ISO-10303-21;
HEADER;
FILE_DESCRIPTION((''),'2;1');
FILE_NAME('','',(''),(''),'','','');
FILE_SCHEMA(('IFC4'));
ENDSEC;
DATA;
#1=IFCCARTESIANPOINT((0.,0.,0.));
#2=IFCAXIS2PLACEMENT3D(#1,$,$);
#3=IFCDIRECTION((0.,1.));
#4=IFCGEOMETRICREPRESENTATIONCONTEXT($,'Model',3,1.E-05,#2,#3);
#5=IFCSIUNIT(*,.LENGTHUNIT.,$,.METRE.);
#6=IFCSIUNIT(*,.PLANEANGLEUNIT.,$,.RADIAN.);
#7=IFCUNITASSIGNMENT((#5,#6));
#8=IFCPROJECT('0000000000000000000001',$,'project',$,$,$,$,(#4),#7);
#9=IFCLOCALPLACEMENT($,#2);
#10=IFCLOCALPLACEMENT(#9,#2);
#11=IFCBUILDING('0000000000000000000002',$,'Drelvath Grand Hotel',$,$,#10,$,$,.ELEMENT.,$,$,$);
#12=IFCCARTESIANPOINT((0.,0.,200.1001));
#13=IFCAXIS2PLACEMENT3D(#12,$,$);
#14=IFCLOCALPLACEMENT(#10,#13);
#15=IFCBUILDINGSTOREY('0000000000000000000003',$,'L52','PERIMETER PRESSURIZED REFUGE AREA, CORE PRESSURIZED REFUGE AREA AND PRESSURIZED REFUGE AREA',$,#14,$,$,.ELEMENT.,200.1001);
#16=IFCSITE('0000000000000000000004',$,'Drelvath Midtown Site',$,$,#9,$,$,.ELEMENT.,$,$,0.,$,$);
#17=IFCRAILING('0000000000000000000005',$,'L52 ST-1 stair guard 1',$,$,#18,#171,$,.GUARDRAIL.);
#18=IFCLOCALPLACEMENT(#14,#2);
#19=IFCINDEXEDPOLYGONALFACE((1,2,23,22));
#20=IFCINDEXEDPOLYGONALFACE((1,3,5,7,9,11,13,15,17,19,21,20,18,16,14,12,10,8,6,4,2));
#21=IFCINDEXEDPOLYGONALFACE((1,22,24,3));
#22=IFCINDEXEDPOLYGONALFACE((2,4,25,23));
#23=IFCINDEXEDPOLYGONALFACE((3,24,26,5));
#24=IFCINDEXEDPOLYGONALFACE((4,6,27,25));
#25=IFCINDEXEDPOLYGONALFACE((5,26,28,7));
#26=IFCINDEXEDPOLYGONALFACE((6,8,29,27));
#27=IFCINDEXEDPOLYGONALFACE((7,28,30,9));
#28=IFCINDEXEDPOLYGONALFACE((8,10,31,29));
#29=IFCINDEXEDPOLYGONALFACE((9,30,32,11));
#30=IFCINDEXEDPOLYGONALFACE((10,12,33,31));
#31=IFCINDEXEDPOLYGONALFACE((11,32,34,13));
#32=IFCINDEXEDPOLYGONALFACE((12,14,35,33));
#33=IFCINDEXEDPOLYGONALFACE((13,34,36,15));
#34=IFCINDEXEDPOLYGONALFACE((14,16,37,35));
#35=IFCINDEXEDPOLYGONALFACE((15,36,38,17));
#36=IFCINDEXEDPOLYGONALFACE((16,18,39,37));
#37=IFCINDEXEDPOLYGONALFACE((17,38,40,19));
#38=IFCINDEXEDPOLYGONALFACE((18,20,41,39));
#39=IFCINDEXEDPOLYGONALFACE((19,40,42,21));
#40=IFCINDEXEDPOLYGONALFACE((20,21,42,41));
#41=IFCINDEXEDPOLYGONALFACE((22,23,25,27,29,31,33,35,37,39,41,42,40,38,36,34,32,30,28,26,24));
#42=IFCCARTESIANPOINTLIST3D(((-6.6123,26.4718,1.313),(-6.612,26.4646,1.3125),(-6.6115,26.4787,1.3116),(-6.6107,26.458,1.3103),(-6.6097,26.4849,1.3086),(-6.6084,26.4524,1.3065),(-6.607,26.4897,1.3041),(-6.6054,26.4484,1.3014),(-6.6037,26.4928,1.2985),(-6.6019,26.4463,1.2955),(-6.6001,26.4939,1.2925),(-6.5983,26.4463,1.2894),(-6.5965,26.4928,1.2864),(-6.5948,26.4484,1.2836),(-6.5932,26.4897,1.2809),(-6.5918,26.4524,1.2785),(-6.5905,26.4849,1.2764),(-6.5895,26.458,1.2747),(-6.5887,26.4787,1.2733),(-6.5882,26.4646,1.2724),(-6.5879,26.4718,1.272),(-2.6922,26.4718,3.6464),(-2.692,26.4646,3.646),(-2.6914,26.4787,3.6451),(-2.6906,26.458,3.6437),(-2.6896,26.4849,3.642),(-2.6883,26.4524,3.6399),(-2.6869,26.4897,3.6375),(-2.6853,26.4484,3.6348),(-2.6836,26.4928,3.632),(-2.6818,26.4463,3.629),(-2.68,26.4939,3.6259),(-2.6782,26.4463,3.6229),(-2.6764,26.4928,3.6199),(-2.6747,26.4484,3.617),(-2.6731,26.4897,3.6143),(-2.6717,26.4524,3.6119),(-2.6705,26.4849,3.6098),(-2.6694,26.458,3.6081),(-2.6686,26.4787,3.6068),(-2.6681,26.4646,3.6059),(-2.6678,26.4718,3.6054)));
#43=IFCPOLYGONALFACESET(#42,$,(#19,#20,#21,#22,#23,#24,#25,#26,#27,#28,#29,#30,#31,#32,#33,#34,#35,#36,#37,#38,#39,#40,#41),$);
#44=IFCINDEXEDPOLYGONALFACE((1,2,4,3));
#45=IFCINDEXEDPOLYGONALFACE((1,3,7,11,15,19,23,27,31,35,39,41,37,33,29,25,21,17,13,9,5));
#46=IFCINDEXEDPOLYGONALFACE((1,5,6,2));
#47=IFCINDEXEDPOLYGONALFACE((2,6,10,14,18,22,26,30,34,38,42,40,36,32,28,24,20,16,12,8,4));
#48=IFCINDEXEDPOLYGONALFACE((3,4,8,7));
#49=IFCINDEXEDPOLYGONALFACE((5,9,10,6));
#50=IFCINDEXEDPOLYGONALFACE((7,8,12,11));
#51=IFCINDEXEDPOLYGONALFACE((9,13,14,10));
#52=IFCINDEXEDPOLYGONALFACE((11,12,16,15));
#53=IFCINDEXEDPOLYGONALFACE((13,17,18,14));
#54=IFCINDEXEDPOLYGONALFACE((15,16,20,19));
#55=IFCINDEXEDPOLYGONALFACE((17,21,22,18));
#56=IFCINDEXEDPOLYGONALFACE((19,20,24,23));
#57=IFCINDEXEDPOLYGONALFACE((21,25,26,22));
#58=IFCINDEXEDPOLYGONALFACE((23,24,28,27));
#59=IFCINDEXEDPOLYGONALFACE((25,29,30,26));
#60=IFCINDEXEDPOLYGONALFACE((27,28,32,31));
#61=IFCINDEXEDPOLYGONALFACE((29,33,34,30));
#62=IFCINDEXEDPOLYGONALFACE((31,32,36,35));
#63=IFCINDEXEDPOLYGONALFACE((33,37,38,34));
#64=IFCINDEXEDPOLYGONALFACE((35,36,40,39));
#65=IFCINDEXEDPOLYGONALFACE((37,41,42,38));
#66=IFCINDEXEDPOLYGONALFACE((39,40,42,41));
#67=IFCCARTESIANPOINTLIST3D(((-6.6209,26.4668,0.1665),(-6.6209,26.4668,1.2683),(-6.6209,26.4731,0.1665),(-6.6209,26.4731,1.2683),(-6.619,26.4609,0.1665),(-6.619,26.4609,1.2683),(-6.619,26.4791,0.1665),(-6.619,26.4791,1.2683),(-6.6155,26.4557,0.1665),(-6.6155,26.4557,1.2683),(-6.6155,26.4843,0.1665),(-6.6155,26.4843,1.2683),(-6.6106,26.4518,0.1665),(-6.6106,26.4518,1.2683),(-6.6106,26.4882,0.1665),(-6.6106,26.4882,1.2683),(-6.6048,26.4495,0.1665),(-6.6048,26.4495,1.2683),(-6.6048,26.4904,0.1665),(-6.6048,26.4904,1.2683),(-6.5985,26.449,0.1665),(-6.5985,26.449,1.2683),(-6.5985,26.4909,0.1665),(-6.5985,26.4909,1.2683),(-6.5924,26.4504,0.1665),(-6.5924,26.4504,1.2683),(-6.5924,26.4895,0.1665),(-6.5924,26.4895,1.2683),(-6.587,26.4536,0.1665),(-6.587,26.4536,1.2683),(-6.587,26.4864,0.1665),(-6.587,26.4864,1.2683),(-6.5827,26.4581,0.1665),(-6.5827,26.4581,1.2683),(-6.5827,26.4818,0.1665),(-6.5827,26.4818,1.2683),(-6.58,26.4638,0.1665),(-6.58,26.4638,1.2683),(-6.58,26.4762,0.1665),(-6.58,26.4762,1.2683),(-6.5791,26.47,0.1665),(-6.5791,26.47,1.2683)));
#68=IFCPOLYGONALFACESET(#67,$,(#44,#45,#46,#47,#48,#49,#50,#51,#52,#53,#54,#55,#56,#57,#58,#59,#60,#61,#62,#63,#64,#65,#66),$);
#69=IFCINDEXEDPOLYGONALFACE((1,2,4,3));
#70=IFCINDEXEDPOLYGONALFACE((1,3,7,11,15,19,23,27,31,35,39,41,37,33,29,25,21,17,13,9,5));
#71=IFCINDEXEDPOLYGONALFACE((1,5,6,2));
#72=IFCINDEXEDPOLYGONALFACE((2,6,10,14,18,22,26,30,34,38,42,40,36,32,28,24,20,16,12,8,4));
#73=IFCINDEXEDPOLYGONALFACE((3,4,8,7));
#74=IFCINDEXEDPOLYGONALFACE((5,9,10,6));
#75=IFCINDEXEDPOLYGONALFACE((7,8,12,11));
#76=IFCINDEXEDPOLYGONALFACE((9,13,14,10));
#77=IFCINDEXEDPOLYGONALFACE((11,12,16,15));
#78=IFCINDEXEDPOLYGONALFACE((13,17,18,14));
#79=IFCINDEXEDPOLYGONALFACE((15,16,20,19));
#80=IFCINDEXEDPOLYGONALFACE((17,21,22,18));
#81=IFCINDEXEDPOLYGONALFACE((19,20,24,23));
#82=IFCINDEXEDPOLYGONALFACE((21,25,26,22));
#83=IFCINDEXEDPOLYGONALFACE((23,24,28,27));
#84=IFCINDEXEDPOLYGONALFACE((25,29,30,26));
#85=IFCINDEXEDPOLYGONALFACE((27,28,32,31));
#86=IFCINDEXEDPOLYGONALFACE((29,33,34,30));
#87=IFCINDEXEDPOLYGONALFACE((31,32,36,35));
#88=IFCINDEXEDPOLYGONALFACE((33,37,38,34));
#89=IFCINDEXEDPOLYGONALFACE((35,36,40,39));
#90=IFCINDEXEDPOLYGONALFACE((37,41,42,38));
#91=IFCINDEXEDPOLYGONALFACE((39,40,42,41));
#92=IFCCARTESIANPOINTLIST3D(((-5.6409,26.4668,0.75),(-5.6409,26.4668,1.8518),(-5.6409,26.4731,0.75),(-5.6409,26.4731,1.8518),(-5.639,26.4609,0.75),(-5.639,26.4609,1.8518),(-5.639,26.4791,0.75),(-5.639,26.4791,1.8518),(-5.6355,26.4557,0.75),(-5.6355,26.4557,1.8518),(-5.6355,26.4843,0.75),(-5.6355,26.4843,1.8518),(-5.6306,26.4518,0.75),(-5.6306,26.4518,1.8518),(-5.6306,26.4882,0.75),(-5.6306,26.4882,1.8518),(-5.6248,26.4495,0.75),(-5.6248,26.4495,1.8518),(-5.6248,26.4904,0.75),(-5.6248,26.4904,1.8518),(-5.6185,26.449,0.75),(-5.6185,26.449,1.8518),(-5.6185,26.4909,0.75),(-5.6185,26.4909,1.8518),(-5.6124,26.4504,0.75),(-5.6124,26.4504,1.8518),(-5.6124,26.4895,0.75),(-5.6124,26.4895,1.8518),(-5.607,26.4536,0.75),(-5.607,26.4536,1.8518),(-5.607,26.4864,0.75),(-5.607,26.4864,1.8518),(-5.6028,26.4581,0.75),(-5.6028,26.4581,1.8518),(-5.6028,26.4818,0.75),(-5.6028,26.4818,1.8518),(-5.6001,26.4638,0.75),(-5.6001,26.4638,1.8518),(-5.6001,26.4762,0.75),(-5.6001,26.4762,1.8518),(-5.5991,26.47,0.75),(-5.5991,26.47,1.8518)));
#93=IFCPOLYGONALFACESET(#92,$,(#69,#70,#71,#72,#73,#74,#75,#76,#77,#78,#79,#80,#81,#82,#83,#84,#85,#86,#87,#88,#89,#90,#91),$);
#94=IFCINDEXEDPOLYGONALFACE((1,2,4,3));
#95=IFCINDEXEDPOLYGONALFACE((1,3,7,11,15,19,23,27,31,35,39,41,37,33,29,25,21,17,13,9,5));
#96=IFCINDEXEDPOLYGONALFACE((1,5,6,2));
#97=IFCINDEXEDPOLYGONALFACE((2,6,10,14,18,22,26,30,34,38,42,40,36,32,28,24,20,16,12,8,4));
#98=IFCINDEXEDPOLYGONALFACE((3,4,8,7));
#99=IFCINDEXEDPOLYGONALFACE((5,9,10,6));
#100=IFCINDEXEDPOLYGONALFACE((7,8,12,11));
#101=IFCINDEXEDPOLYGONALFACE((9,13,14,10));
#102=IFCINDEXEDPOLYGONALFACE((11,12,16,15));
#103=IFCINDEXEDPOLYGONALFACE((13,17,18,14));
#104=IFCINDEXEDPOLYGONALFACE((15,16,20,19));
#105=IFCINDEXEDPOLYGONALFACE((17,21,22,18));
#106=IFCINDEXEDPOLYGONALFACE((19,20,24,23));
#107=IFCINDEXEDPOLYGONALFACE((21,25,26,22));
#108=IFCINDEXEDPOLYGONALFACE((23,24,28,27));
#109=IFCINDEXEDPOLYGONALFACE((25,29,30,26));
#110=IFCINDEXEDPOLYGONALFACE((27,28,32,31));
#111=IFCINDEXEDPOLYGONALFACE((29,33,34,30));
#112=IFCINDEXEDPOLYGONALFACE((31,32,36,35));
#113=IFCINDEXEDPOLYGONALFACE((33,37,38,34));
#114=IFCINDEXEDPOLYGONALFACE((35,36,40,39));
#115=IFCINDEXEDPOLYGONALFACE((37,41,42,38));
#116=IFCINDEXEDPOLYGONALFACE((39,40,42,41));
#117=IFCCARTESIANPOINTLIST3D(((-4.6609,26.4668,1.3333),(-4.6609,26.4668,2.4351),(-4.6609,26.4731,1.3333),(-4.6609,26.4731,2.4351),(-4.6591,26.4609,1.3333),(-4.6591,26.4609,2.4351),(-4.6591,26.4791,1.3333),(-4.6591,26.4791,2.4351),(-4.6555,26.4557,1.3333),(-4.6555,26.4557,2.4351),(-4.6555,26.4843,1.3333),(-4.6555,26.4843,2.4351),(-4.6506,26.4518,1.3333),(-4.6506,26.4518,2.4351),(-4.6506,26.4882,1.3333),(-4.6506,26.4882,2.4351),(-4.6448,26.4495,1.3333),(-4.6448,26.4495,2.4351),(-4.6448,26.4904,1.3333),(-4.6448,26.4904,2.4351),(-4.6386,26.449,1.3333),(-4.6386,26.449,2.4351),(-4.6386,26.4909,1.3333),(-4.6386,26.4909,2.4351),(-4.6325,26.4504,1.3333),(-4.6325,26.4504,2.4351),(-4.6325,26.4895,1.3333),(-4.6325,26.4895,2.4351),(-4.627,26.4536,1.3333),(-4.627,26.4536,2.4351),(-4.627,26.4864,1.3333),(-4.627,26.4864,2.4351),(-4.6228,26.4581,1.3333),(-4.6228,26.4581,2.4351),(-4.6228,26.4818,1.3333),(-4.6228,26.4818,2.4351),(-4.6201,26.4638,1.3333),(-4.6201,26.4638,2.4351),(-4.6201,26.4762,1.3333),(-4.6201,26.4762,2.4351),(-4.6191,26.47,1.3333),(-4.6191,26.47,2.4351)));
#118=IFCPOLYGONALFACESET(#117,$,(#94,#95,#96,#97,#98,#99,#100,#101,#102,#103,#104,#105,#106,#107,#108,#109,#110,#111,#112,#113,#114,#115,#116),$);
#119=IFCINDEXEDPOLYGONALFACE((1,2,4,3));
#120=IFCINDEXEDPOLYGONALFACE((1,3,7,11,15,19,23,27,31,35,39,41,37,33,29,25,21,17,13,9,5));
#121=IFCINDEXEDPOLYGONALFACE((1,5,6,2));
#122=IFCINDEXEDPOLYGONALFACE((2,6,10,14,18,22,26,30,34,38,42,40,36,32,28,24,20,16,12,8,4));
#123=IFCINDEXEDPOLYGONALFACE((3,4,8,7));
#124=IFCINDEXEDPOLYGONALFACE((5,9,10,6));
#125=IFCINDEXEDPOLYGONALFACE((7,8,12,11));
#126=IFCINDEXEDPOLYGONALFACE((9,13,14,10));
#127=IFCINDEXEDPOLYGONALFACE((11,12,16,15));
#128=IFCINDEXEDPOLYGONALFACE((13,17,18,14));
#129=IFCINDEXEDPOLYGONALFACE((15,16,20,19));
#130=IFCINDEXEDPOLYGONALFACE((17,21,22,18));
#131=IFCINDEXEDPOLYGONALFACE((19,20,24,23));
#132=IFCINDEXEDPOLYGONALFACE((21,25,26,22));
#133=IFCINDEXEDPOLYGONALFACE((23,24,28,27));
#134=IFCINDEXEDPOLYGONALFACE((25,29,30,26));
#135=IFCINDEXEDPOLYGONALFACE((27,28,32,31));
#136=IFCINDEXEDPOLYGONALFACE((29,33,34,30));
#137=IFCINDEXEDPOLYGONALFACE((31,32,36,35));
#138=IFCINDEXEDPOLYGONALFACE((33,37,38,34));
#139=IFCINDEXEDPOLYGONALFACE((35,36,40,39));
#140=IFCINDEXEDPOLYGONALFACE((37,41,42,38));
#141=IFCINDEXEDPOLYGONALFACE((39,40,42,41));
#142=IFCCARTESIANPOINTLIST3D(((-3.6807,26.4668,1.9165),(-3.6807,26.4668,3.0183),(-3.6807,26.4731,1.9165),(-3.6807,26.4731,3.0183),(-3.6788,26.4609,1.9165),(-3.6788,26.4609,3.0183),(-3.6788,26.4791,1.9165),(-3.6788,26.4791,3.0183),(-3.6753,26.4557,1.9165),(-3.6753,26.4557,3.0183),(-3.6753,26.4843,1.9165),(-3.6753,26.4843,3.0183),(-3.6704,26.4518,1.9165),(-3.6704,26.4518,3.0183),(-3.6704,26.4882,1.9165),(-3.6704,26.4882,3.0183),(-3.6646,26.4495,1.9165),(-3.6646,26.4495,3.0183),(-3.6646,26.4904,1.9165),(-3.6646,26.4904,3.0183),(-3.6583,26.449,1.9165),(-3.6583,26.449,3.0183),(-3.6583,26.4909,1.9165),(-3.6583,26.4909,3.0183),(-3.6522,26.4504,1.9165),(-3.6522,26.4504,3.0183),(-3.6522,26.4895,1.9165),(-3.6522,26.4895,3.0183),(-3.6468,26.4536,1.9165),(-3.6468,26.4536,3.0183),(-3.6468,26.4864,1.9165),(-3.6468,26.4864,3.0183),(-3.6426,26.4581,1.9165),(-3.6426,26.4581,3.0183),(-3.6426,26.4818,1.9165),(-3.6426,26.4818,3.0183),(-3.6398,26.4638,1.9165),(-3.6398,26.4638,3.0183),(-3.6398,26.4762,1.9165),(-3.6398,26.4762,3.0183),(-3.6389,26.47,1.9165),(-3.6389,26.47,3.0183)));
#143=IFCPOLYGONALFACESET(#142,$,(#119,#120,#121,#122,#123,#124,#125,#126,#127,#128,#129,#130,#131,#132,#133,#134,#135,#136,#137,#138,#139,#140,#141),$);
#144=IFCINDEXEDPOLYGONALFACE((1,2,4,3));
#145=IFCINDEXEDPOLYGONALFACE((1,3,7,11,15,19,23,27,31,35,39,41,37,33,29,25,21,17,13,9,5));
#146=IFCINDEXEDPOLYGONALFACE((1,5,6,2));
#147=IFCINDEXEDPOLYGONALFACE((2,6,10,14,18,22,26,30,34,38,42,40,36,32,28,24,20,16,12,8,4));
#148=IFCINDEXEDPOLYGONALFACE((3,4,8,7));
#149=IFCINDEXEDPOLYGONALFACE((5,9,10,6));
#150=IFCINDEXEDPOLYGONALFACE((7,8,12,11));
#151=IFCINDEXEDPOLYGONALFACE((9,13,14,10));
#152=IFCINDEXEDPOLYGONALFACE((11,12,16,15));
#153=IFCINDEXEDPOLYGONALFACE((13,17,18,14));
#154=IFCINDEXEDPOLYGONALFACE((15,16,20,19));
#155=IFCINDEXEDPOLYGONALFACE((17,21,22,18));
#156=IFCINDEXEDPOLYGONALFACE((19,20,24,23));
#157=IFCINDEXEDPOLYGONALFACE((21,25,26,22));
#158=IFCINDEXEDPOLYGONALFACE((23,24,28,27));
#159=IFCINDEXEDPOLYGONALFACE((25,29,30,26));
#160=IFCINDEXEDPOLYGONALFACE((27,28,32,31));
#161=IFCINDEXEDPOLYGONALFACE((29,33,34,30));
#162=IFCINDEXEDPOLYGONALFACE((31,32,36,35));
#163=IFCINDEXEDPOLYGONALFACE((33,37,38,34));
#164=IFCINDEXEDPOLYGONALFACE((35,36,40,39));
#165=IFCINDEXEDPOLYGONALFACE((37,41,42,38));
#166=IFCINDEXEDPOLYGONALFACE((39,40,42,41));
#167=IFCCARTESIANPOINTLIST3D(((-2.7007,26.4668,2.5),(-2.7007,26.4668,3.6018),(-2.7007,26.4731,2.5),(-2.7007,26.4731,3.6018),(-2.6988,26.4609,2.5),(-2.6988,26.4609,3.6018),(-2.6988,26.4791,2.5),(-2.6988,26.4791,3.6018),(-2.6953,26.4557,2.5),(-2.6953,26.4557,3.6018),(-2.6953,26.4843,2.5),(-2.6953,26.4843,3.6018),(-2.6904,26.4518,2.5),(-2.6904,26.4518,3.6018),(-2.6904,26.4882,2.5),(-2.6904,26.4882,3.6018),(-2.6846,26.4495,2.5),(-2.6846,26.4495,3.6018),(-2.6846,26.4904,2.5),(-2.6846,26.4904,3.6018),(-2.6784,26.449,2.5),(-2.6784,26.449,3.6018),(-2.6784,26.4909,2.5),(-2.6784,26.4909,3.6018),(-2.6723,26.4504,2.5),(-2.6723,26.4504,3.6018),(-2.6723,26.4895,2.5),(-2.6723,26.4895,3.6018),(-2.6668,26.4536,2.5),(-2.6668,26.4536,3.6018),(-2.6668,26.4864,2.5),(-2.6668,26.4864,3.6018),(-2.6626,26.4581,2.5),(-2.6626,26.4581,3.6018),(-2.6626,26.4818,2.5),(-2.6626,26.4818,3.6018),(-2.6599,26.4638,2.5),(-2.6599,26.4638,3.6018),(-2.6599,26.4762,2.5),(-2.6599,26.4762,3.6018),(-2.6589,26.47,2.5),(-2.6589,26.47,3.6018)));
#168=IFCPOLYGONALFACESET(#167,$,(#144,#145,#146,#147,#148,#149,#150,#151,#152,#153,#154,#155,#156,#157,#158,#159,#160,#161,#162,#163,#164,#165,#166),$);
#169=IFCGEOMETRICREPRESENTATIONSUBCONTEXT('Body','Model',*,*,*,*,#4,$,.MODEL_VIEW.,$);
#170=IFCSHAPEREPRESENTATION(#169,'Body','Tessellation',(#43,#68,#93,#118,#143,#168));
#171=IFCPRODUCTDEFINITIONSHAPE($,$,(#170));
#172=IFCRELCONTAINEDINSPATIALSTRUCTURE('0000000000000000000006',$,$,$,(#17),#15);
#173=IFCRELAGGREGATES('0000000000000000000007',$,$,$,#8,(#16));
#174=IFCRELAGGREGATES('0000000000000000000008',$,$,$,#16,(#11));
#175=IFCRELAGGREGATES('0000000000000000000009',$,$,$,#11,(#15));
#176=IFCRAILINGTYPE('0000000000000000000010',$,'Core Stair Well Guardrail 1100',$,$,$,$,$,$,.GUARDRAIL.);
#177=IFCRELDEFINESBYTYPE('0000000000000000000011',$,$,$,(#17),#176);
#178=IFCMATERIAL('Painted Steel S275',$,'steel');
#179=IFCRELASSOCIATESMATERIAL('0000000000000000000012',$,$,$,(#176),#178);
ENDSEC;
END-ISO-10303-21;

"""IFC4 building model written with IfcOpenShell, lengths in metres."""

from ifc_helpers import new_model, si_unit, direction, frame, origin, origin_2d, place, context, subcontext, project, spatial, circle, extrude, material, type_object, element, save


model = new_model("IFC4")

# Units and contexts
model_context = context("Model", 3, precision=1e-05, world=origin(), true_north=direction((0.0, 1.0)))
body_context = subcontext(model_context, "Body", "Model", "MODEL_VIEW")
ifc_project = project(units=[si_unit("LENGTHUNIT", "METRE"), si_unit("PLANEANGLEUNIT", "RADIAN")], contexts=[model_context])

# Site, building, storey
site_placement = place(None, origin())
site = spatial("IfcSite", under=ifc_project, at=site_placement, Name="Drelvath Midtown Site", CompositionType="ELEMENT", RefElevation=0.0)
building_placement = place(site_placement, origin())
building = spatial("IfcBuilding", under=site, at=building_placement, Name="Drelvath Grand Hotel", CompositionType="ELEMENT")
storey_placement = place(building_placement, frame((0.0, 0.0, 200.1001)))
storey = spatial("IfcBuildingStorey", under=building, at=storey_placement, Name="L52", Description="PERIMETER PRESSURIZED REFUGE AREA, CORE PRESSURIZED REFUGE AREA AND PRESSURIZED REFUGE AREA", CompositionType="ELEMENT", Elevation=200.1001)

# Shared definitions
ifc_material_1 = material(Name="Painted Steel S275", Category="steel")

# Railing
railing_type_1 = type_object("IfcRailingType", Name="Core Stair Well Guardrail 1100", PredefinedType="GUARDRAIL", material=ifc_material_1)
railing_1_placement = place(storey_placement, frame((-6.6001, 26.47, 0.1665)))
element("IfcRailing", 1, at=railing_1_placement, inside=storey, type_object=railing_type_1, Name="L52 ST-1 stair guard 1", PredefinedType="GUARDRAIL", context=body_context, shape_type="SweptSolid", body=[
    extrude(circle(Radius=0.0239, at=origin_2d()), frame((0.0, 0.0, 1.126), z_axis=(0.859287, 0.0, 0.511494), x_axis=(0.0, 1.0, 0.0)), (0.0, 0.0, 1.0), 4.562),
    extrude(circle(Radius=0.021, at=origin_2d()), origin(), (0.0, 0.0, 1.0), 1.1018),
    extrude(circle(Radius=0.021, at=origin_2d()), frame((0.98, 0.0, 0.5835)), (0.0, 0.0, 1.0), 1.1018),
    extrude(circle(Radius=0.021, at=origin_2d()), frame((1.96, 0.0, 1.1667)), (0.0, 0.0, 1.0), 1.1018),
    extrude(circle(Radius=0.021, at=origin_2d()), frame((2.9402, 0.0, 1.75)), (0.0, 0.0, 1.0), 1.1018),
    extrude(circle(Radius=0.021, at=origin_2d()), frame((3.9202, 0.0, 2.3335)), (0.0, 0.0, 1.0), 1.1018),
])

save(model, "model.ifc")
